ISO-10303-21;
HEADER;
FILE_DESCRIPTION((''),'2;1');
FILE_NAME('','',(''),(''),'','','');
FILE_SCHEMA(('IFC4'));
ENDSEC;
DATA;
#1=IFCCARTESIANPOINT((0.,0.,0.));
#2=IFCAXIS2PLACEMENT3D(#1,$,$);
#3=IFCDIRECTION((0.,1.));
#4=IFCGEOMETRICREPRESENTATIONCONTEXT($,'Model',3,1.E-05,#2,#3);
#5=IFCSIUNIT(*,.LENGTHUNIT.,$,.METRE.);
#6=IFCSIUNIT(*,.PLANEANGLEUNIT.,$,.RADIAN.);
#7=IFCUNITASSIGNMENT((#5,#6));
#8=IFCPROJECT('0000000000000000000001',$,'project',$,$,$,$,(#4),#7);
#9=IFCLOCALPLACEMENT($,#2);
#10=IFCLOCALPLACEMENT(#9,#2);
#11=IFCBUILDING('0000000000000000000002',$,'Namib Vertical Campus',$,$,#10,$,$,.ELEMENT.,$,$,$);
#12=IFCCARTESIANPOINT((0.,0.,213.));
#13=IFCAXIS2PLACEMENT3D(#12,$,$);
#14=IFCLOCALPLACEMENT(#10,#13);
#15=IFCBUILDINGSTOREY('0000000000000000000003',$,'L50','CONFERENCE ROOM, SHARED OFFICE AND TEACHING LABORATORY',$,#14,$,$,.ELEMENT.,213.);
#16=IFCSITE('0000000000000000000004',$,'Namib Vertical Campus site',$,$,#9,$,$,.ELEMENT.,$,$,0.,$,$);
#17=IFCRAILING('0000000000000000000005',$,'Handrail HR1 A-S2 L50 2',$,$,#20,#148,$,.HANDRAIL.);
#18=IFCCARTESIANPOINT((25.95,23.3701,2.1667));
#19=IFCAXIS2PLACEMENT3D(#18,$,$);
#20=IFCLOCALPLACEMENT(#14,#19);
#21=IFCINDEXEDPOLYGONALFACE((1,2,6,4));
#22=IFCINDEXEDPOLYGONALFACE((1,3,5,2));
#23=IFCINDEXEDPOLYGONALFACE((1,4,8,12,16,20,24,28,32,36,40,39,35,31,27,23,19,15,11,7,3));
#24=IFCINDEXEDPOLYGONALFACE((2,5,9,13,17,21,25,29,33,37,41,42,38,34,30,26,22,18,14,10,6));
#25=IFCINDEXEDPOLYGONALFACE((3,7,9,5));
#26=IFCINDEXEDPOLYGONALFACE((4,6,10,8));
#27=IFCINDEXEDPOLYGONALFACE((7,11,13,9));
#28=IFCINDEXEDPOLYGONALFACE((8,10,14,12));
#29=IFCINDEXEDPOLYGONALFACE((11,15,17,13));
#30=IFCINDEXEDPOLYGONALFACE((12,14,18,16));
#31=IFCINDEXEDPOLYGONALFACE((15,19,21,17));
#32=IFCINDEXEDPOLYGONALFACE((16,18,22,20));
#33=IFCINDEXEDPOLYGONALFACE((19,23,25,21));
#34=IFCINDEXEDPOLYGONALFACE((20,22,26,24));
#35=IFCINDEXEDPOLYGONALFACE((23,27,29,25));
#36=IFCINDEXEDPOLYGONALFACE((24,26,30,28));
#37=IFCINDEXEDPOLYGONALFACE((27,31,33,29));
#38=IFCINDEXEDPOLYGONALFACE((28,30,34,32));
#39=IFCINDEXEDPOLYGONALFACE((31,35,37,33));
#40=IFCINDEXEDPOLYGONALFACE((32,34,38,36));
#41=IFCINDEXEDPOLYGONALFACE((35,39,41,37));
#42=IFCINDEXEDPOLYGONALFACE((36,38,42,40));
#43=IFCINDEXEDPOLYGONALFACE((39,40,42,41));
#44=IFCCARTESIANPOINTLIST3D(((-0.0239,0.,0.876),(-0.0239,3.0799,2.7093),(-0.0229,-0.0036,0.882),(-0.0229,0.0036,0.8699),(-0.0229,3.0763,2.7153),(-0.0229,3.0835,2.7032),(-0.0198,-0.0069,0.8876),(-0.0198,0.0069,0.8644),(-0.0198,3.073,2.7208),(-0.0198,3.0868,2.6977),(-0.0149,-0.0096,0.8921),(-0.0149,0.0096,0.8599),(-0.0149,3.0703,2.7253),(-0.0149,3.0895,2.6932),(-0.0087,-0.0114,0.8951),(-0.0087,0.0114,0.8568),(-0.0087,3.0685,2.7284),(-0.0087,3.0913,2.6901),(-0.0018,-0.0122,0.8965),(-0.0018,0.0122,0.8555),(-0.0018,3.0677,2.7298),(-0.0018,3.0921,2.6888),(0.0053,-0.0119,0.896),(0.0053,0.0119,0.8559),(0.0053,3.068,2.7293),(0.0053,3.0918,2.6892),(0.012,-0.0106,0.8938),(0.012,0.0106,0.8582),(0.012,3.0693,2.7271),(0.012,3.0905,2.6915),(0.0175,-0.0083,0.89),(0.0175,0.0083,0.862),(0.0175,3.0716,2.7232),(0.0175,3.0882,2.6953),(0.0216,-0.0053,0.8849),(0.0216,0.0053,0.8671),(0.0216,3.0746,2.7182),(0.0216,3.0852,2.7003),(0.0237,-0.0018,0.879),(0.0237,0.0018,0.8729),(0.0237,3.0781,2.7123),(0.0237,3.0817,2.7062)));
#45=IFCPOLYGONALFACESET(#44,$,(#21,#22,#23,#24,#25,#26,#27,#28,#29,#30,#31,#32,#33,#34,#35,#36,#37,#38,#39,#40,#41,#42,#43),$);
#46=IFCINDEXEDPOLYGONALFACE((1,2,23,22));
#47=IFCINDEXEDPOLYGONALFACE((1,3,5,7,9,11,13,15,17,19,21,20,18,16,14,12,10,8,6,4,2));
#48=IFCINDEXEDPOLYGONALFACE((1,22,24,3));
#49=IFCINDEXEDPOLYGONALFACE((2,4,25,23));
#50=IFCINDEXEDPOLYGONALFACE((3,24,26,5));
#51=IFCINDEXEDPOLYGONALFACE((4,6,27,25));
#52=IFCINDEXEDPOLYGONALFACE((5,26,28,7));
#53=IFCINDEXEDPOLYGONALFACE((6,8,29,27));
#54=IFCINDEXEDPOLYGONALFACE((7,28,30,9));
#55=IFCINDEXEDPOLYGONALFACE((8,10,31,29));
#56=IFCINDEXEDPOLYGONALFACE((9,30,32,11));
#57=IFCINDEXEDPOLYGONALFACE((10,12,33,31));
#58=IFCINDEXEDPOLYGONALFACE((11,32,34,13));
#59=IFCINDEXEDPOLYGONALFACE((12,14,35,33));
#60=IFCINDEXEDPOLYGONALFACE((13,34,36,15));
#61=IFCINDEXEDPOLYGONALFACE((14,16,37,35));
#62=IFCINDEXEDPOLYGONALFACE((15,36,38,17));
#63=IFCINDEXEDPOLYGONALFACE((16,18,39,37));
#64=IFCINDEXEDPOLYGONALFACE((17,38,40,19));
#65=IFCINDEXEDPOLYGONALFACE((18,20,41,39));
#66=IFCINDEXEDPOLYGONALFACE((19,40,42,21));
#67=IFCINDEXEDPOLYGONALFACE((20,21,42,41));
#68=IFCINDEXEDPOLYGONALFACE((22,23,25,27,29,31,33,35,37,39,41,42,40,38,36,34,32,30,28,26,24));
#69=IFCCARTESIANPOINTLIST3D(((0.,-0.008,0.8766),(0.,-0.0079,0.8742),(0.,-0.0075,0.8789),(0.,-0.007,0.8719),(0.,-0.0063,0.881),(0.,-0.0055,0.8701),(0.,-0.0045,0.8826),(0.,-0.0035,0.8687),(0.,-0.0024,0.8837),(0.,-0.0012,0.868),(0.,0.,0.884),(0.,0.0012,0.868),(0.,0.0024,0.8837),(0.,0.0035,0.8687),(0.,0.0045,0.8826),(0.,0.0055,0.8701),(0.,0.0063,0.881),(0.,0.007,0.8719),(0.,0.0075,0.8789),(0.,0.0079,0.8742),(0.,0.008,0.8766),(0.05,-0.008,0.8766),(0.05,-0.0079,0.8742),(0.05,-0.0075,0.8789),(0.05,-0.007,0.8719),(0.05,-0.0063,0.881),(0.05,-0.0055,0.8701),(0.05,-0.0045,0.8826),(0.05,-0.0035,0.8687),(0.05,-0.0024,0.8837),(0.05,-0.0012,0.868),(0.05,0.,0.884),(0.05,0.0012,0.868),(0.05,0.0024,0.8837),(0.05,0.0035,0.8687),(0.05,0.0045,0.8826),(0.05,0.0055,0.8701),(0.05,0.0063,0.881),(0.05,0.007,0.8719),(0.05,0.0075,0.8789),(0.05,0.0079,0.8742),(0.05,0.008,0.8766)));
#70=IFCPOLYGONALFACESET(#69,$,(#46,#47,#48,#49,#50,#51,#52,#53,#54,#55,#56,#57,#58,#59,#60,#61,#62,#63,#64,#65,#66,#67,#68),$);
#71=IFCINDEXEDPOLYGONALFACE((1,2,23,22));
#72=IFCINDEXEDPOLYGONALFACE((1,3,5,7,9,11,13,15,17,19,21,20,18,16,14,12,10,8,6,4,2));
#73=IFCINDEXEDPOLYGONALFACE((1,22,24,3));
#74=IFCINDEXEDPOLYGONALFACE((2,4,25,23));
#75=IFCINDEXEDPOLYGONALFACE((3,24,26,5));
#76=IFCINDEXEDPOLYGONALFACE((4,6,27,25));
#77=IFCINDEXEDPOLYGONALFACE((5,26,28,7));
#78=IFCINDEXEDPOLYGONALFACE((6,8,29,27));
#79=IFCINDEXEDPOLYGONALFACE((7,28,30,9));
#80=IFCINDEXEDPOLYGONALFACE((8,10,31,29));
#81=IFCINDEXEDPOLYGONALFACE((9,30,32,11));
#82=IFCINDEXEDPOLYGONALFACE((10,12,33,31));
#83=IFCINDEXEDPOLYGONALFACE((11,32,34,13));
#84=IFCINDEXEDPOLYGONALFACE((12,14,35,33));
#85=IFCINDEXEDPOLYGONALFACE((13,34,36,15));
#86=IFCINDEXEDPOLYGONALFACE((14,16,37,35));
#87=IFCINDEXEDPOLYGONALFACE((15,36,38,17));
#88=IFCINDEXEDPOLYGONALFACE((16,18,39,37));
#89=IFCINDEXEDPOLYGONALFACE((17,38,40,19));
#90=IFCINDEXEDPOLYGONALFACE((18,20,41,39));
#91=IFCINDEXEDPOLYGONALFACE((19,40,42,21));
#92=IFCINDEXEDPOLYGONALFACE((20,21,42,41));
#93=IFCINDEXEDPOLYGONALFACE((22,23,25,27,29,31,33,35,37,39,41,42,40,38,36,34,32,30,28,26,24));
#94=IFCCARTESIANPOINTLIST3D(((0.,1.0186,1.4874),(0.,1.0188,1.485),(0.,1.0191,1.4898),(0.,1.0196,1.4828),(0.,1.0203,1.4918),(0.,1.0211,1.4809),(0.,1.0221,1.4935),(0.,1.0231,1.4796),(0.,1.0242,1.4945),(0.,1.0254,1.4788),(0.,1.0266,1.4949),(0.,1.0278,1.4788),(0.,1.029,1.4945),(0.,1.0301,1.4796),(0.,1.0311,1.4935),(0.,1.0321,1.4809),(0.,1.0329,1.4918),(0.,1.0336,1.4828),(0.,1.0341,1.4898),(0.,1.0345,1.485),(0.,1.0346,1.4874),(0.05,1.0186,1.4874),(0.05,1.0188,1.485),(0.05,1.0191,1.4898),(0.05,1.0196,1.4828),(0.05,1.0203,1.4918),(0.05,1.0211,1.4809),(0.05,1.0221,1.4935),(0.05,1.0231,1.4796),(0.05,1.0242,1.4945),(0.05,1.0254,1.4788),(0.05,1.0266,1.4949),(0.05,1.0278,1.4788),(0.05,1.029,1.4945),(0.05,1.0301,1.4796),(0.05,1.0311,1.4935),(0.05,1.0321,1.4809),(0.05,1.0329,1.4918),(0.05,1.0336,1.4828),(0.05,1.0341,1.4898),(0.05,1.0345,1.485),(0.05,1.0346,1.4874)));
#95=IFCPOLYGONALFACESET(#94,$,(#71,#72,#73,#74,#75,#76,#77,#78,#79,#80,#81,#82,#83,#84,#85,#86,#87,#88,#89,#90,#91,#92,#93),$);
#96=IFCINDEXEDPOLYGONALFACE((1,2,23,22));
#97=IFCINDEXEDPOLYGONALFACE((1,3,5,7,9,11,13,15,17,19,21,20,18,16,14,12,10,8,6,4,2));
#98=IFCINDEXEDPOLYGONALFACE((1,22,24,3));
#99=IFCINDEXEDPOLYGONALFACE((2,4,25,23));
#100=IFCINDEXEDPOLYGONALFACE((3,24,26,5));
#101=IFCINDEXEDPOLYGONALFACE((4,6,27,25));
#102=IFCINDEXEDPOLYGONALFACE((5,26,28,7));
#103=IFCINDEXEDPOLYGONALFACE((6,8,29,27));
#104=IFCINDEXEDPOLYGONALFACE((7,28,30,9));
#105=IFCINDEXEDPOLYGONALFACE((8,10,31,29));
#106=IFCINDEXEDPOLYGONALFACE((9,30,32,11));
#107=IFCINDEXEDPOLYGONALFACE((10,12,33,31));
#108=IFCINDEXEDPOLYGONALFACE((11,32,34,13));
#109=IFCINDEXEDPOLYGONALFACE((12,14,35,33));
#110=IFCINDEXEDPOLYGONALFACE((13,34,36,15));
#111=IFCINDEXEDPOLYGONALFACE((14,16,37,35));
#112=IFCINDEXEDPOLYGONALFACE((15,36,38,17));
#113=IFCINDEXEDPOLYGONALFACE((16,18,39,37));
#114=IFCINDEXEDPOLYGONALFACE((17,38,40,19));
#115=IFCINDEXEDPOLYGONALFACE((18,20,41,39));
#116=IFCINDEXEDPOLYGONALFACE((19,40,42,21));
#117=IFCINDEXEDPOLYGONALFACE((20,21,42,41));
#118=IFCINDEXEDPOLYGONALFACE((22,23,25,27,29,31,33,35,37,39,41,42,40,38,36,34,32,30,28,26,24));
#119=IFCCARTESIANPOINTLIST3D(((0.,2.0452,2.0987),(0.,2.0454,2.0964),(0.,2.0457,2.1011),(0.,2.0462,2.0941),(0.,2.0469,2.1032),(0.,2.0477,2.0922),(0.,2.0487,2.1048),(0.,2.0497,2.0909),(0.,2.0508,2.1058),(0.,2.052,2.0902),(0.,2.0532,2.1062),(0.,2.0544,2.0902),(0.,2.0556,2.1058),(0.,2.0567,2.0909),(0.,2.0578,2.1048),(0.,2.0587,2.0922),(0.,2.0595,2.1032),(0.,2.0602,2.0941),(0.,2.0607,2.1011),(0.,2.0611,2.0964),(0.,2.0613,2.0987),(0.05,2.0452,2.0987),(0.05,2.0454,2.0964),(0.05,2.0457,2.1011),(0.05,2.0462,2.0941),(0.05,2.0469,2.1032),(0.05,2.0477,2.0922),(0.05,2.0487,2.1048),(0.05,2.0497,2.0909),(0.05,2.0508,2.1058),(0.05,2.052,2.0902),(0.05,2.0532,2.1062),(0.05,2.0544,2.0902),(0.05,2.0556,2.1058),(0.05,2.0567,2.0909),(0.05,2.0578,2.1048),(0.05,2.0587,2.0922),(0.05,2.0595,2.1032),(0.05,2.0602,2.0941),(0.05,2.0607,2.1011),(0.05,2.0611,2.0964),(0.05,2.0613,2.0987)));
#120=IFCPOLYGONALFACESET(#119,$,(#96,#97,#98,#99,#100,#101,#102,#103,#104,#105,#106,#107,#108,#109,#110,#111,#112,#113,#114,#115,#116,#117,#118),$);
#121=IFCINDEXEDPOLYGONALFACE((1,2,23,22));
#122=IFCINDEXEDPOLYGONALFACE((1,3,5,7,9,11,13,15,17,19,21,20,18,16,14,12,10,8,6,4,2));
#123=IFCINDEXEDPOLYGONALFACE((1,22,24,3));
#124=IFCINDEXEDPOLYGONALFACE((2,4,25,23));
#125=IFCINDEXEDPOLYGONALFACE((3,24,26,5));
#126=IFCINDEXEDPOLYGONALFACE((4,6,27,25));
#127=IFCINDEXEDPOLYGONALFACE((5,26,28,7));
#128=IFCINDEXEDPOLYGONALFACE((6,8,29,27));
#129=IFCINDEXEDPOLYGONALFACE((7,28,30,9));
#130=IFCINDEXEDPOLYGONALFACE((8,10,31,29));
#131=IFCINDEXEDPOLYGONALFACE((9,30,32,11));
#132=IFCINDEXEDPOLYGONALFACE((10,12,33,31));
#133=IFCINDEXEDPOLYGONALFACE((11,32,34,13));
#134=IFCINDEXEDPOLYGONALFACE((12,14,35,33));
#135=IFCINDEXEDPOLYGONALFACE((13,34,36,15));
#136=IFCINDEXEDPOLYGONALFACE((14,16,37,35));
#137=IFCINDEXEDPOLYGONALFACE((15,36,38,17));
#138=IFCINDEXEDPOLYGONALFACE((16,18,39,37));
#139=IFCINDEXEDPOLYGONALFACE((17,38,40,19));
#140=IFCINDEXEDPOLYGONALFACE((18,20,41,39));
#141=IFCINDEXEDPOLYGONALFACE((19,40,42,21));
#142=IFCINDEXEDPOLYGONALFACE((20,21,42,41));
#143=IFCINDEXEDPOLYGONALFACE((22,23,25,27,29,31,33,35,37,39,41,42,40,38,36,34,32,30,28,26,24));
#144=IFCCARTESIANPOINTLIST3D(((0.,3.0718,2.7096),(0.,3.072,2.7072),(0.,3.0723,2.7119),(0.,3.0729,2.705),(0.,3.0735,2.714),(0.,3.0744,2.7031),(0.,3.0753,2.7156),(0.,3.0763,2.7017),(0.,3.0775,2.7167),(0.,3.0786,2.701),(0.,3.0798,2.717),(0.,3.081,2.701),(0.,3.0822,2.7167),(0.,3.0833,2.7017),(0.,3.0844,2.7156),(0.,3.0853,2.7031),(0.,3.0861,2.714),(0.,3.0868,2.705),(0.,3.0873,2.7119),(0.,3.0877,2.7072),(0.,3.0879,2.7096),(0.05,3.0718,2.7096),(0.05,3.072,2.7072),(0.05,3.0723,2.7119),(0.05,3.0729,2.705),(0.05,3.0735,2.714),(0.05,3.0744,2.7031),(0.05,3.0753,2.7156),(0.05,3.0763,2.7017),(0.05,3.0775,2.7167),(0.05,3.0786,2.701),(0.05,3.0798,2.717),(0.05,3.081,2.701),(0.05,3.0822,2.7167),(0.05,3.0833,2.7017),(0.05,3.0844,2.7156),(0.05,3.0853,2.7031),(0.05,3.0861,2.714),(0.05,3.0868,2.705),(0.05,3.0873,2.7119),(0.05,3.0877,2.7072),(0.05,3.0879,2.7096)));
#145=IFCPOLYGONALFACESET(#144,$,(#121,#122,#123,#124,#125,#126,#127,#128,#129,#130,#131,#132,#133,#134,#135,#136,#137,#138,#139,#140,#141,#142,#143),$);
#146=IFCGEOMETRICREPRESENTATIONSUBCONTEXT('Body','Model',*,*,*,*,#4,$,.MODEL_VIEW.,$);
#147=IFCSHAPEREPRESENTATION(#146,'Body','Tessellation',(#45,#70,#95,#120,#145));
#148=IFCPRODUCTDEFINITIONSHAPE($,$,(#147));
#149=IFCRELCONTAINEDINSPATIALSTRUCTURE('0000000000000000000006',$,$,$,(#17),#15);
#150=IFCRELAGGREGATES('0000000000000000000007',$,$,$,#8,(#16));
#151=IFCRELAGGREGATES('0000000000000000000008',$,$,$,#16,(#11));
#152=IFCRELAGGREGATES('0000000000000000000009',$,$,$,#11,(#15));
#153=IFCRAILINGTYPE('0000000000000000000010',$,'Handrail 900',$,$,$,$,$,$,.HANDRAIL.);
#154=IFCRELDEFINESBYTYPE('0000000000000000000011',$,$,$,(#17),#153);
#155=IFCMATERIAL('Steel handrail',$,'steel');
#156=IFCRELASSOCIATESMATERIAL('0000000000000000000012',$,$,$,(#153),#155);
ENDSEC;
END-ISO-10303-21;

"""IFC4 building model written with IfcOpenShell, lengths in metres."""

from ifc_helpers import new_model, si_unit, direction, frame, origin, origin_2d, place, context, subcontext, project, spatial, circle, extrude, material, type_object, element, save


model = new_model("IFC4")

# Units and contexts
model_context = context("Model", 3, precision=1e-05, world=origin(), true_north=direction((0.0, 1.0)))
body_context = subcontext(model_context, "Body", "Model", "MODEL_VIEW")
ifc_project = project(units=[si_unit("LENGTHUNIT", "METRE"), si_unit("PLANEANGLEUNIT", "RADIAN")], contexts=[model_context])

# Site, building, storey
site_placement = place(None, origin())
site = spatial("IfcSite", under=ifc_project, at=site_placement, Name="Namib Vertical Campus site", CompositionType="ELEMENT", RefElevation=0.0)
building_placement = place(site_placement, origin())
building = spatial("IfcBuilding", under=site, at=building_placement, Name="Namib Vertical Campus", CompositionType="ELEMENT")
storey_placement = place(building_placement, frame((0.0, 0.0, 213.0)))
storey = spatial("IfcBuildingStorey", under=building, at=storey_placement, Name="L50", Description="CONFERENCE ROOM, SHARED OFFICE AND TEACHING LABORATORY", CompositionType="ELEMENT", Elevation=213.0)

# Railing
ifc_material_1 = material(Name="Steel handrail", Category="steel")
railing_type_1 = type_object("IfcRailingType", Name="Handrail 900", PredefinedType="HANDRAIL", material=ifc_material_1)
railing_1_placement = place(storey_placement, frame((25.95, 23.3701, 2.1667)))
element("IfcRailing", 1, at=railing_1_placement, inside=storey, type_object=railing_type_1, Name="Handrail HR1 A-S2 L50 2", PredefinedType="HANDRAIL", context=body_context, shape_type="SweptSolid", body=[
    extrude(circle(Radius=0.0239, at=origin_2d()), frame((0.0, 0.0, 0.876), z_axis=(0.0, 0.859291, 0.511487), x_axis=(-1.0, 0.0, 0.0)), (0.0, 0.0, 1.0), 3.5842),
    extrude(circle(Radius=0.0081, at=origin_2d()), frame((0.0, 0.0, 0.876), z_axis=(1.0, 0.0, 0.0), x_axis=(0.0, 0.0, 1.0)), (0.0, 0.0, 1.0), 0.05),
    extrude(circle(Radius=0.0081, at=origin_2d()), frame((0.0, 1.0266, 1.4868), z_axis=(1.0, 0.0, 0.0), x_axis=(0.0, 0.0, 1.0)), (0.0, 0.0, 1.0), 0.05),
    extrude(circle(Radius=0.0081, at=origin_2d()), frame((0.0, 2.0532, 2.0981), z_axis=(1.0, 0.0, 0.0), x_axis=(0.0, 0.0, 1.0)), (0.0, 0.0, 1.0), 0.05),
    extrude(circle(Radius=0.0081, at=origin_2d()), frame((0.0, 3.0798, 2.709), z_axis=(1.0, 0.0, 0.0), x_axis=(0.0, 0.0, 1.0)), (0.0, 0.0, 1.0), 0.05),
])

save(model, "model.ifc")
